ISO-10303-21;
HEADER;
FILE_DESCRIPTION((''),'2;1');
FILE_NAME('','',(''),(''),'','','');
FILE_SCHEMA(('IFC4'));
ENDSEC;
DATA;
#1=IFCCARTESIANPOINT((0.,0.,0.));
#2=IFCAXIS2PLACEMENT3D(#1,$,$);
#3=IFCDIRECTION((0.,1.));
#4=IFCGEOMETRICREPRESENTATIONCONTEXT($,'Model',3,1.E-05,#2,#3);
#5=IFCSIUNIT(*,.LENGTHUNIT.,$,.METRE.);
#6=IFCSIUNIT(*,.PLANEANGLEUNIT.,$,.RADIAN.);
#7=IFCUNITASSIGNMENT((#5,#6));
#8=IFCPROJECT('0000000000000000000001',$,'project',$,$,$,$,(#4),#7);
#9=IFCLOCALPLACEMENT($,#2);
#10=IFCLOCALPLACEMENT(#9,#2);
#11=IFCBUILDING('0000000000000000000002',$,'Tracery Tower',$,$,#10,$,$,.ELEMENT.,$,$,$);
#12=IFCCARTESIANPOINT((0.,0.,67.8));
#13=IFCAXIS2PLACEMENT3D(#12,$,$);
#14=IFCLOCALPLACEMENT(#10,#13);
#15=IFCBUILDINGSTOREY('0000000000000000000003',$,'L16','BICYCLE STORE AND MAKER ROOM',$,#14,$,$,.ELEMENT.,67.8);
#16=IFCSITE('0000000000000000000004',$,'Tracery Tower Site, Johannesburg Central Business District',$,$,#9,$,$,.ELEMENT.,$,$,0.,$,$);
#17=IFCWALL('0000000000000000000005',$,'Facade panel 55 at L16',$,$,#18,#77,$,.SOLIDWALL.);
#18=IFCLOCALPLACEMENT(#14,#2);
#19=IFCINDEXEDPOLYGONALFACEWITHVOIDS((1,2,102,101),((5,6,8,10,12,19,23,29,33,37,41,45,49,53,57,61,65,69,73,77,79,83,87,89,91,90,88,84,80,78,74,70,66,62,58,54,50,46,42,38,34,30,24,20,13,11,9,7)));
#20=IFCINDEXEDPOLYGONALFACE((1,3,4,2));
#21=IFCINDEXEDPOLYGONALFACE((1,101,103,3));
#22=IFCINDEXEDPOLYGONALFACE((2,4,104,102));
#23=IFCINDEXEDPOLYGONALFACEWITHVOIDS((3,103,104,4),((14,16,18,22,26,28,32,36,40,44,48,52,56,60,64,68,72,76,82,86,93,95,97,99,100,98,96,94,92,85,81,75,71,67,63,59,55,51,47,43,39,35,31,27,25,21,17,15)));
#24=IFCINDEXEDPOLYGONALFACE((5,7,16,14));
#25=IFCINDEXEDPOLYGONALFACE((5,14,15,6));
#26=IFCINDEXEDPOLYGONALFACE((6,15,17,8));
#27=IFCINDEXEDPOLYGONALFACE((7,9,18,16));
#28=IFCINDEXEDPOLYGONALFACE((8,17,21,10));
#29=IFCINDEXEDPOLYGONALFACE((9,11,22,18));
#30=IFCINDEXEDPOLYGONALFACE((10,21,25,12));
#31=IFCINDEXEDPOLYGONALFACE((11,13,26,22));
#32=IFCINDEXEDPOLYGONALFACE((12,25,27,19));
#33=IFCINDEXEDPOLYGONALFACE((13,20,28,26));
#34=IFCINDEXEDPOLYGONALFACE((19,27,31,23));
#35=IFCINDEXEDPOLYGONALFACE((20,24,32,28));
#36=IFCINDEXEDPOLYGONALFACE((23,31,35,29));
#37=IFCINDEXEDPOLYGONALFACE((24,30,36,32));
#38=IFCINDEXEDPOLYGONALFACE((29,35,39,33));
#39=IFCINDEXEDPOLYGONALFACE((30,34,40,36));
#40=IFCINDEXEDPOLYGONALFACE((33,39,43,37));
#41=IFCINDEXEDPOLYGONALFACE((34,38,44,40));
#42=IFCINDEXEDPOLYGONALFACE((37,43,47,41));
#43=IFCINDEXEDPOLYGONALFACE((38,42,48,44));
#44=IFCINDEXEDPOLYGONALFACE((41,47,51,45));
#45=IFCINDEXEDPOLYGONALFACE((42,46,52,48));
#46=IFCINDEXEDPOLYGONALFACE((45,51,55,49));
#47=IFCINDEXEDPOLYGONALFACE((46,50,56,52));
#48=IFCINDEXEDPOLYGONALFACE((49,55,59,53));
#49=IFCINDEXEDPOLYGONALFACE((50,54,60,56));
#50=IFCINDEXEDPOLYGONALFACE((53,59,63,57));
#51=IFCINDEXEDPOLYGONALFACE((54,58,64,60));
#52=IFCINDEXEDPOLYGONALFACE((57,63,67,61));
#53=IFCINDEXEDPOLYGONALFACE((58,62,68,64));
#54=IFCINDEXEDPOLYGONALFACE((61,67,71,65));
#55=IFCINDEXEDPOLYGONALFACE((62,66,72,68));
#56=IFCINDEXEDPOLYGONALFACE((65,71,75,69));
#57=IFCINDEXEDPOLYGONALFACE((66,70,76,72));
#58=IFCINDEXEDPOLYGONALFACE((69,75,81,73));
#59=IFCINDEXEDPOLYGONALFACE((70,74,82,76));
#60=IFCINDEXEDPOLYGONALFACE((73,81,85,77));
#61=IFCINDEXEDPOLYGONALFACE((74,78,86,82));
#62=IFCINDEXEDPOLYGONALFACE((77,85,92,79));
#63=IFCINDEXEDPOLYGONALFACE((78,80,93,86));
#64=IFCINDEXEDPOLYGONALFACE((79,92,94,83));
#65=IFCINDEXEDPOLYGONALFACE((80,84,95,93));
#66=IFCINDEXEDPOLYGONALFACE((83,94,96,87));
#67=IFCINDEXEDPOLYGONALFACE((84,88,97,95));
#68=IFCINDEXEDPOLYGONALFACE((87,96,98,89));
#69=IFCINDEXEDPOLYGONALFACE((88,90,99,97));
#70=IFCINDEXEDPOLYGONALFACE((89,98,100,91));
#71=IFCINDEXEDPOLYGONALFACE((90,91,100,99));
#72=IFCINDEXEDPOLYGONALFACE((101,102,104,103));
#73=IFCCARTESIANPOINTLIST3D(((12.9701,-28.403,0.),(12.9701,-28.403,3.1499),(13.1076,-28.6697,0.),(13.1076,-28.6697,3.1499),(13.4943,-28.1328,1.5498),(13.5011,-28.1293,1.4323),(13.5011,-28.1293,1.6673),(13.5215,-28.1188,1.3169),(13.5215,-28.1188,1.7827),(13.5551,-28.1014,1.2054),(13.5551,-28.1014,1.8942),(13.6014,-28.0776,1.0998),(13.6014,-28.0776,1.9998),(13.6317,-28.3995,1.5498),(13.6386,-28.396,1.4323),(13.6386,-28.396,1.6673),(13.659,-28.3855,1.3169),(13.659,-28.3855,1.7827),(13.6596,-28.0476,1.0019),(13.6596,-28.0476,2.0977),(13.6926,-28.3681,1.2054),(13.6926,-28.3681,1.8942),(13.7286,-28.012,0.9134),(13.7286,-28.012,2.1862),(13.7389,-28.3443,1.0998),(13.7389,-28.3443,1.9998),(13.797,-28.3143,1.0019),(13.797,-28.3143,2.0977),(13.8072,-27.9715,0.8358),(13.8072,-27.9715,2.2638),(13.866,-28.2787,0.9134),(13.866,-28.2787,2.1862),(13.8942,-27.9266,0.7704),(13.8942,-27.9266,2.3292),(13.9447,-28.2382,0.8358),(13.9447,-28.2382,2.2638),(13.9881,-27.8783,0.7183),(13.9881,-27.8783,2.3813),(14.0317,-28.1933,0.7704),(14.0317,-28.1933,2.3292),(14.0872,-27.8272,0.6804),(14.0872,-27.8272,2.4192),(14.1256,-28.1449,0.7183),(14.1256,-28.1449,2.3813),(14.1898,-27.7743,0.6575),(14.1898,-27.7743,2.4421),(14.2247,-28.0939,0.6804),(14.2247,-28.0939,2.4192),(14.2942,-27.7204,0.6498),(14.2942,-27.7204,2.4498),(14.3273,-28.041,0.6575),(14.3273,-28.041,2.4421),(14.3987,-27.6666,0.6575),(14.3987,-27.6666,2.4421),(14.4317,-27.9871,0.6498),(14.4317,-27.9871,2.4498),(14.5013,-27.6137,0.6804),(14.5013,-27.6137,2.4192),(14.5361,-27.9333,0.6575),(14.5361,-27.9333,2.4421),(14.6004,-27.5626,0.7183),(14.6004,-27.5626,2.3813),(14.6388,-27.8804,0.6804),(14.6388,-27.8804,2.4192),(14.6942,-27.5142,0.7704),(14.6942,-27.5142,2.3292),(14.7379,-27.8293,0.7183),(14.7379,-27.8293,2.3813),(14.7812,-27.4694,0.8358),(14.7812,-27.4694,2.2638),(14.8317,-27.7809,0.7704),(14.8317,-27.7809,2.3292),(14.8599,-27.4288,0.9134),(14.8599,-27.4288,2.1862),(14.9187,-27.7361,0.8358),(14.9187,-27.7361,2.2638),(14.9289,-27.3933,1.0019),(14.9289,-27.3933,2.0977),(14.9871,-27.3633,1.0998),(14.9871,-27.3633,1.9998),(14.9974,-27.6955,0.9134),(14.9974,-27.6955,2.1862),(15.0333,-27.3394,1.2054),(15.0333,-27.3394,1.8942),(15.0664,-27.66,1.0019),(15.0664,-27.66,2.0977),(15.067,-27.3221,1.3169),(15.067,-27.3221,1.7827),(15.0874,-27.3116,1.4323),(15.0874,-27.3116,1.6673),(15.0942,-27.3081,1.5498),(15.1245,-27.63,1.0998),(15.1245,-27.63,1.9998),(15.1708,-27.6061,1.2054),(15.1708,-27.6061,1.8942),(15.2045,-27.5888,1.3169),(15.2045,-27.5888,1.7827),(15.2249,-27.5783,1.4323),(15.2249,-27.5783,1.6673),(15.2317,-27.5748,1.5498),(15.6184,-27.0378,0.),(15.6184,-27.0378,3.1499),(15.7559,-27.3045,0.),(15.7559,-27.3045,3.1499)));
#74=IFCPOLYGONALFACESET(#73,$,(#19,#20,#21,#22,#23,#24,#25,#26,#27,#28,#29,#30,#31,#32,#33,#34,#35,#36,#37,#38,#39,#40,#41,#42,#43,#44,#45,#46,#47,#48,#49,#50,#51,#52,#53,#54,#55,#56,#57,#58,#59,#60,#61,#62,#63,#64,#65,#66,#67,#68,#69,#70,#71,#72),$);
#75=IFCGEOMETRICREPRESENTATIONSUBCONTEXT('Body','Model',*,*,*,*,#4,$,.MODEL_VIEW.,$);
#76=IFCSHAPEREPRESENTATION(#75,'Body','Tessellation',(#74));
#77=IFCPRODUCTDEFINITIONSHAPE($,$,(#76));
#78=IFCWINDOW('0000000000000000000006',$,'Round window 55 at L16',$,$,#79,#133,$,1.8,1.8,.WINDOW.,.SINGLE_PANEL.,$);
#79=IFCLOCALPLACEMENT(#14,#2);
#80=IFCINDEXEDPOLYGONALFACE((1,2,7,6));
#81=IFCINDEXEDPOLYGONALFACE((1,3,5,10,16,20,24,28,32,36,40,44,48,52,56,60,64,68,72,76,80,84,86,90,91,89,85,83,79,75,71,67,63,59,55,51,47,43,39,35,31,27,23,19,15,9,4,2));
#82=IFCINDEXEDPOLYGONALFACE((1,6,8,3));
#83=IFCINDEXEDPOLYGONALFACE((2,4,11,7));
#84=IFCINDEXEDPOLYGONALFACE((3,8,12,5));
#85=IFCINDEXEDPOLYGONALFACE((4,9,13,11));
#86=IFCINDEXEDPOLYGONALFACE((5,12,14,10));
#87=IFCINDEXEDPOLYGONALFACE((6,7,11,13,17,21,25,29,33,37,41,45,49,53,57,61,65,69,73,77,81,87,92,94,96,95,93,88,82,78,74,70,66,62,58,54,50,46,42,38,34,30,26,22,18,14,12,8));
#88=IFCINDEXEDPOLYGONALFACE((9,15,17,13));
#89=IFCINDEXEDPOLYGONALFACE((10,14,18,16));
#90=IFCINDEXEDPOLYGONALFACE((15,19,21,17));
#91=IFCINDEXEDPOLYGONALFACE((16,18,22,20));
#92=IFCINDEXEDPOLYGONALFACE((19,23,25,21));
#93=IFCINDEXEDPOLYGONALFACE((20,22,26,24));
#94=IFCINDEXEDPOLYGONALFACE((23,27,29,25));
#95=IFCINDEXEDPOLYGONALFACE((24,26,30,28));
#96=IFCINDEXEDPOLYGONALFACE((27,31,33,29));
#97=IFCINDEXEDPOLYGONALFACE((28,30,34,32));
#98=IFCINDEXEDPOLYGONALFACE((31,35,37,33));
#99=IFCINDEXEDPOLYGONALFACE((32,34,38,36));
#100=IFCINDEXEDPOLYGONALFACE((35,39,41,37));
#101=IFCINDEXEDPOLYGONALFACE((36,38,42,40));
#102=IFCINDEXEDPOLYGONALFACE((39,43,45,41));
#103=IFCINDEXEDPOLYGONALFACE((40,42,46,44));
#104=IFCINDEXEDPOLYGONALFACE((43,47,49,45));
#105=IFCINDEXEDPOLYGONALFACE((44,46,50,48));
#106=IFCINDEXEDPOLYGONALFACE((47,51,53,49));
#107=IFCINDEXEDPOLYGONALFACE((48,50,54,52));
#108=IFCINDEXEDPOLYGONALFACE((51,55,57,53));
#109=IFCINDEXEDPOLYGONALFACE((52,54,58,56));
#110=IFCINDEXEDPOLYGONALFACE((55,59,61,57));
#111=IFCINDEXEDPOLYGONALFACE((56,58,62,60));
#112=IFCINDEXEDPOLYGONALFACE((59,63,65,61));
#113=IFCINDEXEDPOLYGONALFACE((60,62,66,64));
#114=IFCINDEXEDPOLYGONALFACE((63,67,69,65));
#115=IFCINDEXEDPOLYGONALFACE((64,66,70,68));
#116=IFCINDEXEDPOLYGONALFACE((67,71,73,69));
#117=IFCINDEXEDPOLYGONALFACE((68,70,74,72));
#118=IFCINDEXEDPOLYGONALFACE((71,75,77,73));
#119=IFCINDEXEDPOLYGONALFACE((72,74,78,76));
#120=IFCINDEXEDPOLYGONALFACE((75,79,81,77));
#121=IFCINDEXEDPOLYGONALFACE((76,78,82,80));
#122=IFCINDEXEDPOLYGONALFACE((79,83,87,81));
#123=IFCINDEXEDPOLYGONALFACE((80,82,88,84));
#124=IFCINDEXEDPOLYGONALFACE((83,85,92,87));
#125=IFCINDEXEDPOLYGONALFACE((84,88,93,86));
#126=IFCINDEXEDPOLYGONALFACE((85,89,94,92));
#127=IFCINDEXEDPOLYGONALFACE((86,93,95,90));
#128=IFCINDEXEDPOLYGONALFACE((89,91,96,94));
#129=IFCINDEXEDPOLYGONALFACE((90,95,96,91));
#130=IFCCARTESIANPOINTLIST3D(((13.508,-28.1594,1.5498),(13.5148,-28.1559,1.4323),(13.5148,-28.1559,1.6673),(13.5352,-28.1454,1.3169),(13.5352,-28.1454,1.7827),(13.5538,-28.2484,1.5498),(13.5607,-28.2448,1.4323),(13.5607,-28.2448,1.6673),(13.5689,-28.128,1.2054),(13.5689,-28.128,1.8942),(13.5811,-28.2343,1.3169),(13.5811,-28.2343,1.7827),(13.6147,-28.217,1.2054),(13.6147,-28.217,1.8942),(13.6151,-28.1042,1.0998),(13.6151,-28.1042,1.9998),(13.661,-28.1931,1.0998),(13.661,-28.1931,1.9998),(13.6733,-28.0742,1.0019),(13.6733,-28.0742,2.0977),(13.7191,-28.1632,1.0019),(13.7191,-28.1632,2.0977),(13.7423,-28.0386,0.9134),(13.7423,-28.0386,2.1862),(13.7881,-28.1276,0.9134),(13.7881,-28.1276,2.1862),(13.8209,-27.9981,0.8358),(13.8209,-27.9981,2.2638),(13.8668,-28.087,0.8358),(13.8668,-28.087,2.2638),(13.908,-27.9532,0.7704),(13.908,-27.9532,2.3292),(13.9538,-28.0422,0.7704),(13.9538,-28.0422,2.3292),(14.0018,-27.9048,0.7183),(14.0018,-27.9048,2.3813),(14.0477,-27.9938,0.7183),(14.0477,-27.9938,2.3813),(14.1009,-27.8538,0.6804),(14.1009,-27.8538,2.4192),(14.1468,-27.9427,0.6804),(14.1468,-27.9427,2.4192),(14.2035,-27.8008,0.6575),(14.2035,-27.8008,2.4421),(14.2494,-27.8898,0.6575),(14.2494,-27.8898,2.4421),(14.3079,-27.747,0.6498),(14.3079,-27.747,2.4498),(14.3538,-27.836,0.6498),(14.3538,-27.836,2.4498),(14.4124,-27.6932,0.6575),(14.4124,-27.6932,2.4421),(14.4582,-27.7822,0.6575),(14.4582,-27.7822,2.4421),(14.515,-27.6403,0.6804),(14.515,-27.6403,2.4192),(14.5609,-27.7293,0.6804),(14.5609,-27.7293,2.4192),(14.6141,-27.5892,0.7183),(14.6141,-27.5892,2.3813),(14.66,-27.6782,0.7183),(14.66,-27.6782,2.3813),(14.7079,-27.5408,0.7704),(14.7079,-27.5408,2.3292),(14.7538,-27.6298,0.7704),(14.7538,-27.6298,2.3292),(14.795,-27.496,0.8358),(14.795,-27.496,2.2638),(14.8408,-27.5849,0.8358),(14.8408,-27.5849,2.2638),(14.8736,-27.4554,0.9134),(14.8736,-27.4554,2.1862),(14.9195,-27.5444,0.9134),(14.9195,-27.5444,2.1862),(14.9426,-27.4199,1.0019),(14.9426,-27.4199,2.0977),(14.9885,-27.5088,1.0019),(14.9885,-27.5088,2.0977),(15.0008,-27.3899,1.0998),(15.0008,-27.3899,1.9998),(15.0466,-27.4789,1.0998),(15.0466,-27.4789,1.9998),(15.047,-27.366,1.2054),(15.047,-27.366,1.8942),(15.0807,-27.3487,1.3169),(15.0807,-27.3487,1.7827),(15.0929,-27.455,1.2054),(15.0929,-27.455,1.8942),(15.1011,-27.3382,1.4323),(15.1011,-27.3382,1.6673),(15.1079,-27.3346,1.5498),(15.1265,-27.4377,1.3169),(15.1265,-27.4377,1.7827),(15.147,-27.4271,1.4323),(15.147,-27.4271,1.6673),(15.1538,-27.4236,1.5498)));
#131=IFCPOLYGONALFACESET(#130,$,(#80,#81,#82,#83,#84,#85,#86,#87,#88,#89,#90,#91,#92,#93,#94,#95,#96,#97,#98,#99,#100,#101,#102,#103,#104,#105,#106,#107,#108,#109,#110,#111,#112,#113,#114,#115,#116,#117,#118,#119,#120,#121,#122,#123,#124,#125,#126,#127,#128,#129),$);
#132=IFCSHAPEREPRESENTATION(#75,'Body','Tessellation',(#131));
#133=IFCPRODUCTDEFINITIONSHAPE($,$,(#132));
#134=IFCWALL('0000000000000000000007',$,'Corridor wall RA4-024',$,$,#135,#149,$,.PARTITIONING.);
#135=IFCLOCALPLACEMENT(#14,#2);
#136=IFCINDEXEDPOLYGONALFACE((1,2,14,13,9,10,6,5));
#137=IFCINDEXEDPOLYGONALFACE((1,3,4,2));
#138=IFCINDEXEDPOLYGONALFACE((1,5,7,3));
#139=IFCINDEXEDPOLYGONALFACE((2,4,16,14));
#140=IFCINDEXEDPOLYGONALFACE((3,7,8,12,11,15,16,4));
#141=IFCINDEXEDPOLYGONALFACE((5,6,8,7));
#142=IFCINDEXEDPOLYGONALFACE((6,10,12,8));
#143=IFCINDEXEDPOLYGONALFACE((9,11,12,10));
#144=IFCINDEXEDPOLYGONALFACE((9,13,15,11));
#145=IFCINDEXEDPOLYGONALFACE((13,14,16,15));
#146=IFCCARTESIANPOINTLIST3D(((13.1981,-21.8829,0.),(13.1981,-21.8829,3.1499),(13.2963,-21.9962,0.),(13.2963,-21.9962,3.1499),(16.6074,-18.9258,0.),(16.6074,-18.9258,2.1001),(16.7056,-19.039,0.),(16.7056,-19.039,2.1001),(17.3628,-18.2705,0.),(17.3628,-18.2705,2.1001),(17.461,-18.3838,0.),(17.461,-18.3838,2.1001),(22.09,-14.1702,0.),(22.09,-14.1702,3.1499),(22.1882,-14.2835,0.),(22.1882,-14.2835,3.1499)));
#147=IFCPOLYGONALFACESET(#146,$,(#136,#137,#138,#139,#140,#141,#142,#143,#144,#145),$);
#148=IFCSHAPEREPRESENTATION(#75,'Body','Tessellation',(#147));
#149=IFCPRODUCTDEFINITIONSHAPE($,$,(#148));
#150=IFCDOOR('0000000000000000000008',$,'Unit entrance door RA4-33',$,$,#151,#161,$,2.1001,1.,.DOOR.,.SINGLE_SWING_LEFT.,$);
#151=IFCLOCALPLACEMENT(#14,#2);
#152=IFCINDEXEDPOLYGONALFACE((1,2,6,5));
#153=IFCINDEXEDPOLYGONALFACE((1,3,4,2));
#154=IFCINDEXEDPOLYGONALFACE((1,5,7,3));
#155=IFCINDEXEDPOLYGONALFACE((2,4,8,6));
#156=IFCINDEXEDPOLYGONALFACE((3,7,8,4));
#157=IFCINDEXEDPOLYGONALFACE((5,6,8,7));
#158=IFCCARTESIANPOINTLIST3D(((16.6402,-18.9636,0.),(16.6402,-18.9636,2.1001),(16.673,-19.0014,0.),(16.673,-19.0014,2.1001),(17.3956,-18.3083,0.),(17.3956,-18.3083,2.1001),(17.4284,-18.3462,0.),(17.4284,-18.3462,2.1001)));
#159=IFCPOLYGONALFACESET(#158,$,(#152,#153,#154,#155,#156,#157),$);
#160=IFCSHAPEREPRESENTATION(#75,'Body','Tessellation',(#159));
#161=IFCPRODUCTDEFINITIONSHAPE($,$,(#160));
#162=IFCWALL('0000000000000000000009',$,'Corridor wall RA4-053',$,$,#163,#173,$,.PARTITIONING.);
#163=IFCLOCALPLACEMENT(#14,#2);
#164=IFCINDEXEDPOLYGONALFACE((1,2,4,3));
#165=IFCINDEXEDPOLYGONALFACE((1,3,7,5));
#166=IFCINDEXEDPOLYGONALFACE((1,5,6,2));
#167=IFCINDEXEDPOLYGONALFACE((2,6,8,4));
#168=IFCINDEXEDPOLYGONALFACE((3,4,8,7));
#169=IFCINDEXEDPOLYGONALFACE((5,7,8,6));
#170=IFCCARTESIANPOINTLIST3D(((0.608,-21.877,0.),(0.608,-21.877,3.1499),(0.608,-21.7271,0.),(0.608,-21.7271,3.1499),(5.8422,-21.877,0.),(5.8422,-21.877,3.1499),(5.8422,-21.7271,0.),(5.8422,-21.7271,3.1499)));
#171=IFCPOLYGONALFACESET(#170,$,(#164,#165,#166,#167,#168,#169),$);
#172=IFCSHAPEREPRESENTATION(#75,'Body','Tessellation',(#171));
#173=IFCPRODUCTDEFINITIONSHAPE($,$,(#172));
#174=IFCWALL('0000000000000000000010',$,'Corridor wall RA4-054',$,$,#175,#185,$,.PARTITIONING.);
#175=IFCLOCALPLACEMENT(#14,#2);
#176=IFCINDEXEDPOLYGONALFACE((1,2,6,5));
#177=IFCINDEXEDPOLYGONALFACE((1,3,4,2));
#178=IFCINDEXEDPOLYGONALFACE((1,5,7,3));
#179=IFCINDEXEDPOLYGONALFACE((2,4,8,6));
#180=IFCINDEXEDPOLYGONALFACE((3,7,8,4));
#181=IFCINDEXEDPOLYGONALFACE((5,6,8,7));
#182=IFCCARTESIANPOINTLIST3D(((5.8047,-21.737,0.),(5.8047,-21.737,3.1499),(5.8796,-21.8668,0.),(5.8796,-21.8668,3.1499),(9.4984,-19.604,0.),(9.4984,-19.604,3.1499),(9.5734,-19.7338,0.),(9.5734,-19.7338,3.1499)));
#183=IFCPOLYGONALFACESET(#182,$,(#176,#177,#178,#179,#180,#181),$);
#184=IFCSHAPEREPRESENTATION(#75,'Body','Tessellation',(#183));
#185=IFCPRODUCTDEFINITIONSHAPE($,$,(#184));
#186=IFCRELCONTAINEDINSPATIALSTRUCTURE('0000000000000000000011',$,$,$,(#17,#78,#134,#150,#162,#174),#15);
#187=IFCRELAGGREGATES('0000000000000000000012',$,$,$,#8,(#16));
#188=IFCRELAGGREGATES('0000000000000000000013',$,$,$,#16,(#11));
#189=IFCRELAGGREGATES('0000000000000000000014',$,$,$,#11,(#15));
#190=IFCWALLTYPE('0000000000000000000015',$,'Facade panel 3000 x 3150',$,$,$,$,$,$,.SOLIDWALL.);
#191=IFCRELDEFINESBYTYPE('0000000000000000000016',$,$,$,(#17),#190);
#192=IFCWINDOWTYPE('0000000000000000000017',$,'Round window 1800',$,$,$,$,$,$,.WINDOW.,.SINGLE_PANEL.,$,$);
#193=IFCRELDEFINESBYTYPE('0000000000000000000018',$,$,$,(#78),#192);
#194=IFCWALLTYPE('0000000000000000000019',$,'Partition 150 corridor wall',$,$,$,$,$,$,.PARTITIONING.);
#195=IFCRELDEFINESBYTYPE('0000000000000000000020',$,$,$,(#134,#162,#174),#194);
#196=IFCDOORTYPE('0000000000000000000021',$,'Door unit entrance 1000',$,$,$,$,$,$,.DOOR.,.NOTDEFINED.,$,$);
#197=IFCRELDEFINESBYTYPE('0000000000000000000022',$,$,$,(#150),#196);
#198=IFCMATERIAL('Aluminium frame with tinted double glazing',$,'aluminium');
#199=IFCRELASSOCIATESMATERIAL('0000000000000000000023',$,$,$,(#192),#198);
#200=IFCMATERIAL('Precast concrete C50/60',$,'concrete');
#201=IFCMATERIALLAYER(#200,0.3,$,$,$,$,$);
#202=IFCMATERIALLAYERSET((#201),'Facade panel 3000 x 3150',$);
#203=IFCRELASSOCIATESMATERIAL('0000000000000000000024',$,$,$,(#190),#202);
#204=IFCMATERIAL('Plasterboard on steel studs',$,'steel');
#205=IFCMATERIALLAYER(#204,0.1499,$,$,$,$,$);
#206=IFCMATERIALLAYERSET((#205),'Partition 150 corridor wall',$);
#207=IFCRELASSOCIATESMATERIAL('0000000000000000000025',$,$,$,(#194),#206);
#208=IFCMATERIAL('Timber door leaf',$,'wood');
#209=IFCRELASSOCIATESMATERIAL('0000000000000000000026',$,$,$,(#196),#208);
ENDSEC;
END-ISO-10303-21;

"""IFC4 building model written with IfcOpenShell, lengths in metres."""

from ifc_helpers import new_model, si_unit, direction, frame, frame_2d, origin, origin_2d, place, context, subcontext, project, spatial, rectangle, circle, extrude, material, layer, layer_set, type_object, element, fill, save


model = new_model("IFC4")

# Units and contexts
model_context = context("Model", 3, precision=1e-05, world=origin(), true_north=direction((0.0, 1.0)))
body_context = subcontext(model_context, "Body", "Model", "MODEL_VIEW")
ifc_project = project(units=[si_unit("LENGTHUNIT", "METRE"), si_unit("PLANEANGLEUNIT", "RADIAN")], contexts=[model_context])

# Site, building, storey
site_placement = place(None, origin())
site = spatial("IfcSite", under=ifc_project, at=site_placement, Name="Tracery Tower Site, Johannesburg Central Business District", CompositionType="ELEMENT", RefElevation=0.0)
building_placement = place(site_placement, origin())
building = spatial("IfcBuilding", under=site, at=building_placement, Name="Tracery Tower", CompositionType="ELEMENT")
storey_placement = place(building_placement, frame((0.0, 0.0, 67.8)))
storey = spatial("IfcBuildingStorey", under=building, at=storey_placement, Name="L16", Description="BICYCLE STORE AND MAKER ROOM", CompositionType="ELEMENT", Elevation=67.8)

# Wall, opening, window
ifc_material_1 = material(Name="Aluminium frame with tinted double glazing", Category="aluminium")
window_type = type_object("IfcWindowType", Name="Round window 1800", PartitioningType="SINGLE_PANEL", PredefinedType="WINDOW", material=ifc_material_1)
ifc_material_2 = material(Name="Precast concrete C50/60", Category="concrete")
ifc_layer_1 = layer(ifc_material_2, 0.3)
ifc_layer_set_1 = layer_set([ifc_layer_1], Name="Facade panel 3000 x 3150")
wall_type_1 = type_object("IfcWallType", Name="Facade panel 3000 x 3150", PredefinedType="SOLIDWALL", material=ifc_layer_set_1)
wall_1_placement = place(storey_placement, frame((13.0388, -28.5364, 0.0), z_axis=(0.0, 0.0, 1.0), x_axis=(0.888853, 0.458192, 0.0)))
wall_1 = element("IfcWall", 1, at=wall_1_placement, inside=storey, type_object=wall_type_1, Name="Facade panel 55 at L16", PredefinedType="SOLIDWALL", context=body_context, shape_type="SweptSolid", body=[
    extrude(rectangle(XDim=2.9795, YDim=0.3, at=frame_2d((1.4897, 0.0))), origin(), (0.0, 0.0, 1.0), 3.1499),
])
opening_1_placement = place(wall_1_placement, frame((1.4897, 0.0, 1.5498)))
opening_1 = element("IfcOpeningElement", 2, at=opening_1_placement, cuts=wall_1, PredefinedType="OPENING", context=body_context, shape_type="SweptSolid", body=[
    extrude(circle(Radius=0.9, at=origin_2d()), frame((0.0, 0.1599, 0.0), z_axis=(0.0, -1.0, 0.0), x_axis=(1.0, 0.0, 0.0)), (0.0, 0.0, 1.0), 0.3201),
])
window_1_placement = place(opening_1_placement, origin())
window_1 = element("IfcWindow", 3, at=window_1_placement, inside=storey, type_object=window_type, Name="Round window 55 at L16", OverallHeight=1.8, OverallWidth=1.8, PartitioningType="SINGLE_PANEL", PredefinedType="WINDOW", context=body_context, shape_type="SweptSolid", body=[
    extrude(circle(Radius=0.9, at=origin_2d()), frame((0.0, 0.1201, 0.0), z_axis=(0.0, -1.0, 0.0), x_axis=(1.0, 0.0, 0.0)), (0.0, 0.0, 1.0), 0.1001),
])
fill(opening_1, window_1)

# Wall, opening, door
ifc_material_3 = material(Name="Plasterboard on steel studs", Category="steel")
ifc_layer_2 = layer(ifc_material_3, 0.1499)
ifc_layer_set_2 = layer_set([ifc_layer_2], Name="Partition 150 corridor wall")
wall_type_2 = type_object("IfcWallType", Name="Partition 150 corridor wall", PredefinedType="PARTITIONING", material=ifc_layer_set_2)
wall_2_placement = place(storey_placement, frame((13.2473, -21.9395, 0.0), z_axis=(0.0, 0.0, 1.0), x_axis=(0.755421, 0.65524, 0.0)))
wall_2 = element("IfcWall", 4, at=wall_2_placement, inside=storey, type_object=wall_type_2, Name="Corridor wall RA4-024", PredefinedType="PARTITIONING", context=body_context, shape_type="SweptSolid", body=[
    extrude(rectangle(XDim=11.7708, YDim=0.1499, at=frame_2d((5.8853, 0.0))), origin(), (0.0, 0.0, 1.0), 3.1499),
])
opening_2_placement = place(wall_2_placement, frame((4.5129, 0.0, 0.0)))
opening_2 = element("IfcOpeningElement", 5, at=opening_2_placement, cuts=wall_2, PredefinedType="OPENING", context=body_context, shape_type="SweptSolid", body=[
    extrude(rectangle(XDim=1.0, YDim=2.1001, at=frame_2d((0.5, 1.05))), frame((0.0, 0.075, 0.0), z_axis=(0.0, -1.0, 0.0), x_axis=(1.0, 0.0, 0.0)), (0.0, 0.0, 1.0), 0.1499),
])
ifc_material_4 = material(Name="Timber door leaf", Category="wood")
door_type = type_object("IfcDoorType", Name="Door unit entrance 1000", OperationType="NOTDEFINED", PredefinedType="DOOR", material=ifc_material_4)
door_1_placement = place(opening_2_placement, origin())
door_1 = element("IfcDoor", 6, at=door_1_placement, inside=storey, type_object=door_type, Name="Unit entrance door RA4-33", OperationType="SINGLE_SWING_LEFT", OverallHeight=2.1001, OverallWidth=1.0, PredefinedType="DOOR", context=body_context, shape_type="SweptSolid", body=[
    extrude(rectangle(XDim=1.0, YDim=2.1001, at=frame_2d((0.5, 1.05))), frame((0.0, 0.0249, 0.0), z_axis=(0.0, -1.0, 0.0), x_axis=(1.0, 0.0, 0.0)), (0.0, 0.0, 1.0), 0.05),
])
fill(opening_2, door_1)

# Walls
wall_3_placement = place(storey_placement, frame((0.6079, -21.802, 0.0), z_axis=(0.0, 0.0, 1.0), x_axis=(1.0, 0.0, 0.0)))
element("IfcWall", 7, at=wall_3_placement, inside=storey, type_object=wall_type_2, Name="Corridor wall RA4-053", PredefinedType="PARTITIONING", context=body_context, shape_type="SweptSolid", body=[
    extrude(rectangle(XDim=5.2341, YDim=0.1499, at=frame_2d((2.6172, 0.0))), origin(), (0.0, 0.0, 1.0), 3.1499),
])
wall_4_placement = place(storey_placement, frame((5.842, -21.802, 0.0), z_axis=(0.0, 0.0, 1.0), x_axis=(0.865984, 0.500073, 0.0)))
element("IfcWall", 8, at=wall_4_placement, inside=storey, type_object=wall_type_2, Name="Corridor wall RA4-054", PredefinedType="PARTITIONING", context=body_context, shape_type="SweptSolid", body=[
    extrude(rectangle(XDim=4.2654, YDim=0.1499, at=frame_2d((2.1328, 0.0))), origin(), (0.0, 0.0, 1.0), 3.1499),
])

save(model, "model.ifc")
